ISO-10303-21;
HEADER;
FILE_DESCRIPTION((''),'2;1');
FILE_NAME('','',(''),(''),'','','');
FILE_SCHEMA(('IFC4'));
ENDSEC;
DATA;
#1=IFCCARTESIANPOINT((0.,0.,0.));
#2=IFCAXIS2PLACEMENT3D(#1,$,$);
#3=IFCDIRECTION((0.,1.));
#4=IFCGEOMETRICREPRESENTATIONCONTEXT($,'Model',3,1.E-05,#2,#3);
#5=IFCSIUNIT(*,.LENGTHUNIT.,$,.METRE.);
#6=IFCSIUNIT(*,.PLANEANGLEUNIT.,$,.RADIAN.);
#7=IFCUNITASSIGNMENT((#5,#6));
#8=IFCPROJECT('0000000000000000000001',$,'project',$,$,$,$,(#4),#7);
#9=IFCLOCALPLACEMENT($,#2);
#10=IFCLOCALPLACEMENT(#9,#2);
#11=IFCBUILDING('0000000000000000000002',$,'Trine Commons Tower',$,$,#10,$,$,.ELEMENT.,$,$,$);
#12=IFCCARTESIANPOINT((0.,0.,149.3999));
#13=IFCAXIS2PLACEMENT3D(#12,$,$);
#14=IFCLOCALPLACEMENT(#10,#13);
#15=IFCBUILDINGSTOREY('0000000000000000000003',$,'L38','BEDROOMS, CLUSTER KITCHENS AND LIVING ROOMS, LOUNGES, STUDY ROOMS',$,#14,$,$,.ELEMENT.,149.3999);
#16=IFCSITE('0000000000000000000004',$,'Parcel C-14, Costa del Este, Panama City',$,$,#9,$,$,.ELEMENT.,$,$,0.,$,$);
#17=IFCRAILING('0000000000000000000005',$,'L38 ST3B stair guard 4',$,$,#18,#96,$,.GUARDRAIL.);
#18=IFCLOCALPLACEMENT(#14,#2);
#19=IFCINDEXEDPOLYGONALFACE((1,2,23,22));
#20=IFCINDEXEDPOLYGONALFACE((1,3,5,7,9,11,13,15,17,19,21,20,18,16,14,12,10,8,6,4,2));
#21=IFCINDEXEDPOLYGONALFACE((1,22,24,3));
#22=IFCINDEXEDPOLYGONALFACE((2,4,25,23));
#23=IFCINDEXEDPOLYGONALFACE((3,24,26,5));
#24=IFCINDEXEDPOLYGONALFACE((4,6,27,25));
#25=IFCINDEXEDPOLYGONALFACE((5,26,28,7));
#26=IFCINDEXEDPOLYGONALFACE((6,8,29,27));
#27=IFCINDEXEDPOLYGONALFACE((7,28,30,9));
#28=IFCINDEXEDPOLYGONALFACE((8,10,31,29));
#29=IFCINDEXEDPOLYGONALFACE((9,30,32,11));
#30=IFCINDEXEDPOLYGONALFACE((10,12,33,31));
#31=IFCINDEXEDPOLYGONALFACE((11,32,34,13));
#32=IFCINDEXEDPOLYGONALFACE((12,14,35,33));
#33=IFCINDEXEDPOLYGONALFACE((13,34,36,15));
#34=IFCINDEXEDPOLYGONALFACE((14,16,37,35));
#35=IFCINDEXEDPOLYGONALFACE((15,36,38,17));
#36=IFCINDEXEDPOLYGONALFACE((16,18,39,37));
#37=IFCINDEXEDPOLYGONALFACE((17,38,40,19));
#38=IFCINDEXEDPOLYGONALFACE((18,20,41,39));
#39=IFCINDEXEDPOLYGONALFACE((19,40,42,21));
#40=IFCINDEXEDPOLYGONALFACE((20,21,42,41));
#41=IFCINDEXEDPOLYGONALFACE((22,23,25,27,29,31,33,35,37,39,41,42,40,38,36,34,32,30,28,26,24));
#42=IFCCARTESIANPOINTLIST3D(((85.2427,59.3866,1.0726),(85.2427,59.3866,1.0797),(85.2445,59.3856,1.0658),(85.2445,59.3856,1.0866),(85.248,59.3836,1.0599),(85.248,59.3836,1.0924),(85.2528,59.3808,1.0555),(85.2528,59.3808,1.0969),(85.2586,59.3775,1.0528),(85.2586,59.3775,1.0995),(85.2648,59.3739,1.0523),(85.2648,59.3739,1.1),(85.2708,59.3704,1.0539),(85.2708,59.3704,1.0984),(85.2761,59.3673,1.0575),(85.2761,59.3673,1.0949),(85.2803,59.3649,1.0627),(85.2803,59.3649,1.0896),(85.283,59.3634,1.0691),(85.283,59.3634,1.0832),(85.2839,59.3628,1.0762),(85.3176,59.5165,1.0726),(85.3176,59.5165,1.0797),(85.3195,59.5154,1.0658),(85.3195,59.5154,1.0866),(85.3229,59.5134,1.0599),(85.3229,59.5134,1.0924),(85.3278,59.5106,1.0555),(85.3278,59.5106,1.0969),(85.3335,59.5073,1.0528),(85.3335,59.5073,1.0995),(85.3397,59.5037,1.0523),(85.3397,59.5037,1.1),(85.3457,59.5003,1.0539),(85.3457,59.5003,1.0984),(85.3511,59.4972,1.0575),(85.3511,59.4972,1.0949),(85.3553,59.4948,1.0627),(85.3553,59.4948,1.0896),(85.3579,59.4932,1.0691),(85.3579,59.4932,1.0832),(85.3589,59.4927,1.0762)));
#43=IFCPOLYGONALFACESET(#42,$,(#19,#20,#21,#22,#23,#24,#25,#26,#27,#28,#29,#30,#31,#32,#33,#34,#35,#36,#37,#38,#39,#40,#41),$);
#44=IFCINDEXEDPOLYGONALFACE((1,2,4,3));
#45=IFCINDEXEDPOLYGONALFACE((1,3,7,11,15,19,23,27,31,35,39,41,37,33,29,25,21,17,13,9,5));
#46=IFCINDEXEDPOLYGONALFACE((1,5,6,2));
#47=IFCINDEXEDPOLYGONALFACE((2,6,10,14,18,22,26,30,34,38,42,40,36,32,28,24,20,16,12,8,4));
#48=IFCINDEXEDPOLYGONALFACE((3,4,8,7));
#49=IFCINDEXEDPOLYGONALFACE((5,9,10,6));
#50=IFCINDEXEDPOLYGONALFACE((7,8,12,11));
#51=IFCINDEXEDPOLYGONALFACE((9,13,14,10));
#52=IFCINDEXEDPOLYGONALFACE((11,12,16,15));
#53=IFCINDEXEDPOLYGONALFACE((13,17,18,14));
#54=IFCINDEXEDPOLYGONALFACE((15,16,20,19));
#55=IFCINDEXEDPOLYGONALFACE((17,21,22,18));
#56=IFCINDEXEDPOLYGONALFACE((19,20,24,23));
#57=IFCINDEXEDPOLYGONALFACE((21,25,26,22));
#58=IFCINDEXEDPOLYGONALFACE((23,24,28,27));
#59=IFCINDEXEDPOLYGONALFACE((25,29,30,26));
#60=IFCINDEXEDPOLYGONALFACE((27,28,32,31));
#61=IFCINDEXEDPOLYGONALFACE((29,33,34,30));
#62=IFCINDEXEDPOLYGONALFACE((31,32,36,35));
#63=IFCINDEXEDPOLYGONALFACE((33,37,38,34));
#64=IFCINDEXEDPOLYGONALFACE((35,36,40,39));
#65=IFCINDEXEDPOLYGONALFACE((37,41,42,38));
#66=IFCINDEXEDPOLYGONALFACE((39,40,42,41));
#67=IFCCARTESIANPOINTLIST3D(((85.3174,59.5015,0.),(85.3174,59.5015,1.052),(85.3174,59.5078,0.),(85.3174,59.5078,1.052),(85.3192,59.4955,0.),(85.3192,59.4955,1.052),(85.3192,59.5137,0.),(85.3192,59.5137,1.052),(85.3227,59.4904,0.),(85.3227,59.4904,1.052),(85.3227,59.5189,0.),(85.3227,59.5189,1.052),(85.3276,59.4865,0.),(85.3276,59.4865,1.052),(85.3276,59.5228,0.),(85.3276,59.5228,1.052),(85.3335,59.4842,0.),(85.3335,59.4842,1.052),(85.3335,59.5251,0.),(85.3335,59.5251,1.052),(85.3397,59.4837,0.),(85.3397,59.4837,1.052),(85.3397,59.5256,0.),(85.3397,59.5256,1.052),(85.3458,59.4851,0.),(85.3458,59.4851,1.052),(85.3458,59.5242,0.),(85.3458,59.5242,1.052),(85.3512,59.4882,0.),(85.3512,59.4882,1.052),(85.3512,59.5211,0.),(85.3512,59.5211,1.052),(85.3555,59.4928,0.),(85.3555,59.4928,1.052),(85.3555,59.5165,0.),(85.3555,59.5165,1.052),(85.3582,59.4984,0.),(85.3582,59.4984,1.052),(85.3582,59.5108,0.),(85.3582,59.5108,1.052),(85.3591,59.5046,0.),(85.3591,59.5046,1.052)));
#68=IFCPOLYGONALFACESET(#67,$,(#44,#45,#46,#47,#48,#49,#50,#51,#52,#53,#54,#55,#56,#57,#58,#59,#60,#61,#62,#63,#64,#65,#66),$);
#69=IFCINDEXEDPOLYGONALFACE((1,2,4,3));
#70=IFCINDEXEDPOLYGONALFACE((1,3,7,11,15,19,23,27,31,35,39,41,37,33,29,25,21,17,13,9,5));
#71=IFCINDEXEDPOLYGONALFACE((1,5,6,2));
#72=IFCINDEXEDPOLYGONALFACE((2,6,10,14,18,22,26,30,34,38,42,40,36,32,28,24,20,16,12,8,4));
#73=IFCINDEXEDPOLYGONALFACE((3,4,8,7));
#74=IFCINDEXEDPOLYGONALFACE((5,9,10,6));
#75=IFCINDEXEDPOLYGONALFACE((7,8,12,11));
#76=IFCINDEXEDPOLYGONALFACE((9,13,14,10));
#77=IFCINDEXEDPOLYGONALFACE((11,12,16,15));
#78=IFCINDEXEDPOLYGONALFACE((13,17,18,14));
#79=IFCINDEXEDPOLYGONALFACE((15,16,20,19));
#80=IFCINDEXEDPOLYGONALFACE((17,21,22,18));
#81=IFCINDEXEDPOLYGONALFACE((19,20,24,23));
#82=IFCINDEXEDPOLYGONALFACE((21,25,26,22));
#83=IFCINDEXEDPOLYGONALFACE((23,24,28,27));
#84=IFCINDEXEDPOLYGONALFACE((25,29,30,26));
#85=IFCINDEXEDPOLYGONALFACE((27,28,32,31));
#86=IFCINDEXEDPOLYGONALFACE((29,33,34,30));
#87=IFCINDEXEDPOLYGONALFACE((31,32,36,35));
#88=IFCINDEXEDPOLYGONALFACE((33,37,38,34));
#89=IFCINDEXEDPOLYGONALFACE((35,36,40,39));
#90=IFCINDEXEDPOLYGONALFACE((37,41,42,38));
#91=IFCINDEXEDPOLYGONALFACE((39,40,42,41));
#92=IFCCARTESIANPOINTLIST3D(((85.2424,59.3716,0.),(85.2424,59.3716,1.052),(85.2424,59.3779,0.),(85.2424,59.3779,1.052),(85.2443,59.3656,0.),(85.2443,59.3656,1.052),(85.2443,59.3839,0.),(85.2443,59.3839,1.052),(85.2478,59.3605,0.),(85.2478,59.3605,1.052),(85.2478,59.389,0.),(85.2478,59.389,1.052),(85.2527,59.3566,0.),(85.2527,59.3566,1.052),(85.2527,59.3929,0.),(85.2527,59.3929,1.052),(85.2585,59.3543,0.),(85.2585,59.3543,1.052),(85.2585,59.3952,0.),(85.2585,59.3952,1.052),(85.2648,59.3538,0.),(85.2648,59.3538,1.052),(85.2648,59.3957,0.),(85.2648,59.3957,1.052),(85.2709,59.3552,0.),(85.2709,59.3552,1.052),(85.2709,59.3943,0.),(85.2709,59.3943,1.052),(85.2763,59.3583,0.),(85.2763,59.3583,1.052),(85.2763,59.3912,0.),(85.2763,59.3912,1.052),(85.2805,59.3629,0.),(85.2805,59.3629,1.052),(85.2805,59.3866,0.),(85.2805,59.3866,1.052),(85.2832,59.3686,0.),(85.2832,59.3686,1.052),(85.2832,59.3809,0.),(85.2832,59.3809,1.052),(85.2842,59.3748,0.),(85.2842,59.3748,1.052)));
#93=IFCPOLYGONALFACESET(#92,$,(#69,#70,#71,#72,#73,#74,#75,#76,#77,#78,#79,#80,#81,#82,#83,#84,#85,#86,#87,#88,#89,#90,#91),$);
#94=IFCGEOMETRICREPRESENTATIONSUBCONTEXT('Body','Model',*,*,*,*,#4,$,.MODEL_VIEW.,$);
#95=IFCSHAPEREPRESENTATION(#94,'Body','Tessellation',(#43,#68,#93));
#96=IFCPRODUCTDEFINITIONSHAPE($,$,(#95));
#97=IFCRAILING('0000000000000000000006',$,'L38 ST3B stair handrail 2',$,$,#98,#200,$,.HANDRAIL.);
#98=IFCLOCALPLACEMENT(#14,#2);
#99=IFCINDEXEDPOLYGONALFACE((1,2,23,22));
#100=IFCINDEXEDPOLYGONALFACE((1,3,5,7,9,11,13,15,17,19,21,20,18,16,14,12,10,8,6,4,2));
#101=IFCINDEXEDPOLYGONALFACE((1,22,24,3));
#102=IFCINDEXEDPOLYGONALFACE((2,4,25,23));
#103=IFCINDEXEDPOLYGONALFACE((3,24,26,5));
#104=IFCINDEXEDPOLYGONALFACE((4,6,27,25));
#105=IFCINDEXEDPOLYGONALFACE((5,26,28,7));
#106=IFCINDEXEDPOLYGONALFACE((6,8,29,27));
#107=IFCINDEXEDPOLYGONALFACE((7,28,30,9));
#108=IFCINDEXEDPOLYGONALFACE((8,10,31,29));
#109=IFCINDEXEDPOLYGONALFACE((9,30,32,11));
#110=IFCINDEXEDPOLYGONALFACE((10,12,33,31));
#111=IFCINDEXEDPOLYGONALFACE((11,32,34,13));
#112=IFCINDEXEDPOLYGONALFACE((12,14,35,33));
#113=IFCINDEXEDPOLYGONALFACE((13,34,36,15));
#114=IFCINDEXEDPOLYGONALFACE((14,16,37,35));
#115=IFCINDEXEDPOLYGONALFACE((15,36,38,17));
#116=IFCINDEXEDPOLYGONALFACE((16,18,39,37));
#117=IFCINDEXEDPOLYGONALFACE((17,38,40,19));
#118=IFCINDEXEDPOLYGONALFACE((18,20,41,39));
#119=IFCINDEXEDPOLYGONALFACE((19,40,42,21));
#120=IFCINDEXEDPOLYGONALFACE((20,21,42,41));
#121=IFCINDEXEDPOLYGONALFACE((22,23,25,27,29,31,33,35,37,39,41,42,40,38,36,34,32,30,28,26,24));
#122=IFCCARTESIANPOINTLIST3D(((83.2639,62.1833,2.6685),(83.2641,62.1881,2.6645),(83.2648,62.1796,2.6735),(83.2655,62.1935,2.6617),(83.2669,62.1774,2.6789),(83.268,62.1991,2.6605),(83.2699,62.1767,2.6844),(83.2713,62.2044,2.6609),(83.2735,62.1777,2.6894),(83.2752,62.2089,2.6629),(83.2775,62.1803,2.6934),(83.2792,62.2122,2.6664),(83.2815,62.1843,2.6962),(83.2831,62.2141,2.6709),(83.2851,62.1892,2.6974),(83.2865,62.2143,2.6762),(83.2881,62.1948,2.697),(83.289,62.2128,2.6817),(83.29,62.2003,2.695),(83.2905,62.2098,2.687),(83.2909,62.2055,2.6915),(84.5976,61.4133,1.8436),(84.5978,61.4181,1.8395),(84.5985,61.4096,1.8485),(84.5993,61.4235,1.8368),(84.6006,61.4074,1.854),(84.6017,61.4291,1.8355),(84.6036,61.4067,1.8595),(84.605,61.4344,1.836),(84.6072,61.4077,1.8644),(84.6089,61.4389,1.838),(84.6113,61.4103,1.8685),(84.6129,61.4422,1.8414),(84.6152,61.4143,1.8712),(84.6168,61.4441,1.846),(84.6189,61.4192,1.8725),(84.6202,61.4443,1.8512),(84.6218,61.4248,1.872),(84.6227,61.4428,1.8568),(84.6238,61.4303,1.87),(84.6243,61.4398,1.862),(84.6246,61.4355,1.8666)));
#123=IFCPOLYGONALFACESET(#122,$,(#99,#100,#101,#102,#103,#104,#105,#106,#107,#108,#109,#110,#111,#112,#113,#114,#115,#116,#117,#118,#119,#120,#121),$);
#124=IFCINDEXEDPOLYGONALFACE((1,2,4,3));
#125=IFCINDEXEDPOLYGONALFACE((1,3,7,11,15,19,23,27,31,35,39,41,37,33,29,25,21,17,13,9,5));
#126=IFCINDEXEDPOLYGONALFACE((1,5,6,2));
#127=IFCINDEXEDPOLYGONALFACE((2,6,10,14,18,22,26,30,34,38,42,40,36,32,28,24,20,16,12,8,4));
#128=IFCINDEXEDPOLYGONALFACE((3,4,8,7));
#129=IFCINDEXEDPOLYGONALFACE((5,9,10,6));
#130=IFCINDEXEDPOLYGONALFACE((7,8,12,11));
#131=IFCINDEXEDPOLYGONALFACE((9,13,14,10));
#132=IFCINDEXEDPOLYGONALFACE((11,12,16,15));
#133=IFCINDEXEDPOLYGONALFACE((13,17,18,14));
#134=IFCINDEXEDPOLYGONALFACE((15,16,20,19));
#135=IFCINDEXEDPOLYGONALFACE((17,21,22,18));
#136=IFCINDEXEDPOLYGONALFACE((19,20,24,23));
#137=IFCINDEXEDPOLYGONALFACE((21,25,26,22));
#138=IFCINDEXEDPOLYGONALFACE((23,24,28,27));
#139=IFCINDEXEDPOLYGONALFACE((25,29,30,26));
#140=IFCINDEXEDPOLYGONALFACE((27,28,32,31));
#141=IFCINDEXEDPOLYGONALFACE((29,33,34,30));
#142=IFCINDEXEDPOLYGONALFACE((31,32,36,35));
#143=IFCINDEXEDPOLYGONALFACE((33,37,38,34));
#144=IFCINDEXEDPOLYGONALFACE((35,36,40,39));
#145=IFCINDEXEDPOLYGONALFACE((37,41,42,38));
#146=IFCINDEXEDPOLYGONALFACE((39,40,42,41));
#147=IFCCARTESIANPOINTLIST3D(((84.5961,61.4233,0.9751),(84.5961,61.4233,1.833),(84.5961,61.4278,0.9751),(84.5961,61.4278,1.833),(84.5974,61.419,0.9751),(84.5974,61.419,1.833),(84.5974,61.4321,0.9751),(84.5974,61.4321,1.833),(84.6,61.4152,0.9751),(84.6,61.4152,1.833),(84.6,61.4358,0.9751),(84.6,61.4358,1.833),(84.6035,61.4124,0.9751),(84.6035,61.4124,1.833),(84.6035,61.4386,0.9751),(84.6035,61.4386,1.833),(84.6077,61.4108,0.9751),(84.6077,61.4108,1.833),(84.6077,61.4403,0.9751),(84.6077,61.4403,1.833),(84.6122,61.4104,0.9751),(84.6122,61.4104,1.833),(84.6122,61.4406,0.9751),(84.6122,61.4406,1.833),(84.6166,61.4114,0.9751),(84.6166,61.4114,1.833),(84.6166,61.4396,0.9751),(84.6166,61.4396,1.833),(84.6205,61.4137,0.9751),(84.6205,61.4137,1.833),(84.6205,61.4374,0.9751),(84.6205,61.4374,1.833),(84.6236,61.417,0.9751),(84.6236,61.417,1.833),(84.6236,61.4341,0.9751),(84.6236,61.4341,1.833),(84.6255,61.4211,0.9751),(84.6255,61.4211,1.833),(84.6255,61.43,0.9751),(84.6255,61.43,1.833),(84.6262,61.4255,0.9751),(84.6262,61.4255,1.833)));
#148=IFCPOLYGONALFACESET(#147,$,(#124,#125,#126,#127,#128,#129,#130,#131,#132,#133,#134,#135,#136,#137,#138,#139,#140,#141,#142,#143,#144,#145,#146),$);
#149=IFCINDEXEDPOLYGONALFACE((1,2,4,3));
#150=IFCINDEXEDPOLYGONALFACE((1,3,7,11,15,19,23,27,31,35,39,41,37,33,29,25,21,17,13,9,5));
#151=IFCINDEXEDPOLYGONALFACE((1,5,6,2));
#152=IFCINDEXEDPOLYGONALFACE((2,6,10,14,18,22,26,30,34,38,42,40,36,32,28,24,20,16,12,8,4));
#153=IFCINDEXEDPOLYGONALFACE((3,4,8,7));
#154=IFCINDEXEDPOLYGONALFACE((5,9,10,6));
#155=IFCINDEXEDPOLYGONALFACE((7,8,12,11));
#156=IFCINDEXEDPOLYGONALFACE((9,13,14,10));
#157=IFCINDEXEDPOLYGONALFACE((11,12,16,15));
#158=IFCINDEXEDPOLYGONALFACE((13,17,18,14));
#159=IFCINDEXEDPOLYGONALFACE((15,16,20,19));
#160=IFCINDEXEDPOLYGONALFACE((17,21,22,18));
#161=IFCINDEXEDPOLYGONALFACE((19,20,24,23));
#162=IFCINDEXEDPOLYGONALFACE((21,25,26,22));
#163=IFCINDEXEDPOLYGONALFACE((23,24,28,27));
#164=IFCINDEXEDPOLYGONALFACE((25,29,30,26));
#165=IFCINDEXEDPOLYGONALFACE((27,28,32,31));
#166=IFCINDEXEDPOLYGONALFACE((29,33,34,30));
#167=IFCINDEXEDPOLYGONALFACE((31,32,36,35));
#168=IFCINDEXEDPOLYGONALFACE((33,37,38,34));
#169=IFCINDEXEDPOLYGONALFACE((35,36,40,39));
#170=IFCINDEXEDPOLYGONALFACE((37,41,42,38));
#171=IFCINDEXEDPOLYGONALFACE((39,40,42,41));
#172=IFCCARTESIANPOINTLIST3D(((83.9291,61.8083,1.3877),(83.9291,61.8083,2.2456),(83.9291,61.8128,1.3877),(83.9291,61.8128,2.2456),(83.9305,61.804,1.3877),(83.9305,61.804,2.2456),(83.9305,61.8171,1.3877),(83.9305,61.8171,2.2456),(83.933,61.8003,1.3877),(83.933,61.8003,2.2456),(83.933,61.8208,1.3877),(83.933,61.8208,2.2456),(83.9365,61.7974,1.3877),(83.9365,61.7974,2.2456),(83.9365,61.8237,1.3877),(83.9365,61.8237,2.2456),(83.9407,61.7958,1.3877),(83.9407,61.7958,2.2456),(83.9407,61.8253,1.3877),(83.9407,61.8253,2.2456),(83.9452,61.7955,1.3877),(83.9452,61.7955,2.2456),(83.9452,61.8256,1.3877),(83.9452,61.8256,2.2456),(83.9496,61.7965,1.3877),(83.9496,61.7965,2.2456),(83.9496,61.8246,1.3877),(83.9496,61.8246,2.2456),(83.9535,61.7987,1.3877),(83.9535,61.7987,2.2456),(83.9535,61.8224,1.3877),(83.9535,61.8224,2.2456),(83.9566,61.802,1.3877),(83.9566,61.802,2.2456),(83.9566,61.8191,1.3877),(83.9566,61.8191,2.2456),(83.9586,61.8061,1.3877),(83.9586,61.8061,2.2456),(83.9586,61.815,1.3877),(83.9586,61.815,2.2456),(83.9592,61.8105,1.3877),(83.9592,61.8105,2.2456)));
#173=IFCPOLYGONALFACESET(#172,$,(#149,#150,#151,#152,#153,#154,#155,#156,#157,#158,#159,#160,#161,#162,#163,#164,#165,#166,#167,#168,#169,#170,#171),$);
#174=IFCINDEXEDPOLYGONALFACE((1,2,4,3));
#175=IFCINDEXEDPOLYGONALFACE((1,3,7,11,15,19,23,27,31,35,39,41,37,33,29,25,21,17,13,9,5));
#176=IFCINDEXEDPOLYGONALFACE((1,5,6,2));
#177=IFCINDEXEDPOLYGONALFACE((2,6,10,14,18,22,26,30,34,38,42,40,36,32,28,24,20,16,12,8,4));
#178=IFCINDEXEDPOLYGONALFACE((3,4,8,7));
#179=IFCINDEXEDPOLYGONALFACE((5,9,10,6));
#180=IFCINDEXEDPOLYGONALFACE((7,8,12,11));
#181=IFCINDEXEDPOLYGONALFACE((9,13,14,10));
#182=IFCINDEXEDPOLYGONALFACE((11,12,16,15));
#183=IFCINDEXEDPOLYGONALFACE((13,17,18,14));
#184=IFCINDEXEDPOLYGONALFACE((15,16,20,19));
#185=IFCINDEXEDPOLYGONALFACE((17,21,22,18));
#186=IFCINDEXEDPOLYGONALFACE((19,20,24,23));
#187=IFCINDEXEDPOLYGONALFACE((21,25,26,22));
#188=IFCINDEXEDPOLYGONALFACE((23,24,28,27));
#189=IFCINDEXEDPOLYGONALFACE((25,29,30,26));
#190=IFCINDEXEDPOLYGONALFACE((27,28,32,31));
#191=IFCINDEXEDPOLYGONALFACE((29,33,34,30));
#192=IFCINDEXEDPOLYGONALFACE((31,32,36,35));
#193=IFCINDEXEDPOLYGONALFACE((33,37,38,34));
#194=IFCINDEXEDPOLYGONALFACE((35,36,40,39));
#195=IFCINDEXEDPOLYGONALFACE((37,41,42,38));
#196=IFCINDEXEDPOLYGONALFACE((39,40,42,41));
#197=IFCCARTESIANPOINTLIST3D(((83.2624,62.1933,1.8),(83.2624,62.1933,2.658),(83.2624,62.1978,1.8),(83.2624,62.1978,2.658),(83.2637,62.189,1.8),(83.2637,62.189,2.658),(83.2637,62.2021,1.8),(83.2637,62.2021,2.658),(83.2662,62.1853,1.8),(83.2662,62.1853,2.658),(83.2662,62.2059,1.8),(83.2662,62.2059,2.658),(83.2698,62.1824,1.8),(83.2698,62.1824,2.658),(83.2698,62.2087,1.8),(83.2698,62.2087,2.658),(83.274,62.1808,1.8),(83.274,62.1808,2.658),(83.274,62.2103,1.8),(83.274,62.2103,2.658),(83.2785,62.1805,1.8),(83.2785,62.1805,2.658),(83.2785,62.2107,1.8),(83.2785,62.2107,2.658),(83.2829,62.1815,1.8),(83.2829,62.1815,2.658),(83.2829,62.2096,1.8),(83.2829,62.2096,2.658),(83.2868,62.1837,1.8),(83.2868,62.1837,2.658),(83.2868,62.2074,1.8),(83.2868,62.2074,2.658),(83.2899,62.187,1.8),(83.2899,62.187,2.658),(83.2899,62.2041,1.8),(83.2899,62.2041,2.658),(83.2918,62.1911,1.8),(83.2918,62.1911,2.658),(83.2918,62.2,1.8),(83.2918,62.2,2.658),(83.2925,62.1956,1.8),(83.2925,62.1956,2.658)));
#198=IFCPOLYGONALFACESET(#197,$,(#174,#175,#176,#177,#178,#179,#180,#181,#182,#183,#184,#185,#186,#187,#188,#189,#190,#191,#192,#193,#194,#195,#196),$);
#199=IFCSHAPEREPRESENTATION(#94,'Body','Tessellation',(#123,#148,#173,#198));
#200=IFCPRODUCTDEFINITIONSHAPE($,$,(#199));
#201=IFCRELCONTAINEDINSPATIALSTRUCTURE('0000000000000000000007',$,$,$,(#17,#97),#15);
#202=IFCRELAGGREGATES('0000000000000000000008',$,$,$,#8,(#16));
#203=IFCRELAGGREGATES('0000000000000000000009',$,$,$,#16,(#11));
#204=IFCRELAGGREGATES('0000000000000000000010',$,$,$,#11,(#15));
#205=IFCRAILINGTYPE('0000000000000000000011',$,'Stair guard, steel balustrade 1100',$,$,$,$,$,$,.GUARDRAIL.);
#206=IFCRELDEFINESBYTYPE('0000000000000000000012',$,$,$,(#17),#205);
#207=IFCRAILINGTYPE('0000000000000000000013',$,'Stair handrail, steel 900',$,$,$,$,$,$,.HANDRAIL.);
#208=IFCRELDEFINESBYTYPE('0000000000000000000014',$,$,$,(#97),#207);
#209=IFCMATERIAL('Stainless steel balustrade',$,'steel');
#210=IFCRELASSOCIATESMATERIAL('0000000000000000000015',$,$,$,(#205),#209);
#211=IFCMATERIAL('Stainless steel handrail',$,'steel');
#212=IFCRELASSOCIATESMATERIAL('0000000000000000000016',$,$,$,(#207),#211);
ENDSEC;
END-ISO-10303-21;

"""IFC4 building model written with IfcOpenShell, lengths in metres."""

from ifc_helpers import new_model, si_unit, direction, frame, origin, origin_2d, place, context, subcontext, project, spatial, circle, extrude, material, type_object, element, save


model = new_model("IFC4")

# Units and contexts
model_context = context("Model", 3, precision=1e-05, world=origin(), true_north=direction((0.0, 1.0)))
body_context = subcontext(model_context, "Body", "Model", "MODEL_VIEW")
ifc_project = project(units=[si_unit("LENGTHUNIT", "METRE"), si_unit("PLANEANGLEUNIT", "RADIAN")], contexts=[model_context])

# Site, building, storey
site_placement = place(None, origin())
site = spatial("IfcSite", under=ifc_project, at=site_placement, Name="Parcel C-14, Costa del Este, Panama City", CompositionType="ELEMENT", RefElevation=0.0)
building_placement = place(site_placement, origin())
building = spatial("IfcBuilding", under=site, at=building_placement, Name="Trine Commons Tower", CompositionType="ELEMENT")
storey_placement = place(building_placement, frame((0.0, 0.0, 149.3999)))
storey = spatial("IfcBuildingStorey", under=building, at=storey_placement, Name="L38", Description="BEDROOMS, CLUSTER KITCHENS AND LIVING ROOMS, LOUNGES, STUDY ROOMS", CompositionType="ELEMENT", Elevation=149.3999)

# Railings
ifc_material_1 = material(Name="Stainless steel balustrade", Category="steel")
railing_type_1 = type_object("IfcRailingType", Name="Stair guard, steel balustrade 1100", PredefinedType="GUARDRAIL", material=ifc_material_1)
railing_1_placement = place(storey_placement, frame((85.3381, 59.5046, 0.0)))
element("IfcRailing", 1, at=railing_1_placement, inside=storey, type_object=railing_type_1, Name="L38 ST3B stair guard 4", PredefinedType="GUARDRAIL", context=body_context, shape_type="SweptSolid", body=[
    extrude(circle(Radius=0.0239, at=origin_2d()), frame((0.0, 0.0, 1.0762), z_axis=(-0.499816, -0.866131, 0.0), x_axis=(0.866131, -0.499816, 0.0)), (0.0, 0.0, 1.0), 0.1499),
    extrude(circle(Radius=0.021, at=origin_2d()), origin(), (0.0, 0.0, 1.0), 1.052),
    extrude(circle(Radius=0.021, at=origin_2d()), frame((-0.075, -0.1299, 0.0)), (0.0, 0.0, 1.0), 1.052),
])
ifc_material_2 = material(Name="Stainless steel handrail", Category="steel")
railing_type_2 = type_object("IfcRailingType", Name="Stair handrail, steel 900", PredefinedType="HANDRAIL", material=ifc_material_2)
railing_2_placement = place(storey_placement, frame((84.6111, 61.4255, 0.9751)))
element("IfcRailing", 2, at=railing_2_placement, inside=storey, type_object=railing_type_2, Name="L38 ST3B stair handrail 2", PredefinedType="HANDRAIL", context=body_context, shape_type="SweptSolid", body=[
    extrude(circle(Radius=0.021, at=origin_2d()), frame((0.0, 0.0, 0.8789), z_axis=(-0.763405, 0.440743, 0.472185), x_axis=(-0.499992, -0.86603, 0.0)), (0.0, 0.0, 1.0), 1.7471),
    extrude(circle(Radius=0.0151, at=origin_2d()), origin(), (0.0, 0.0, 1.0), 0.8579),
    extrude(circle(Radius=0.0151, at=origin_2d()), frame((-0.667, 0.385, 0.4126)), (0.0, 0.0, 1.0), 0.8579),
    extrude(circle(Radius=0.0151, at=origin_2d()), frame((-1.3337, 0.77, 0.825)), (0.0, 0.0, 1.0), 0.8579),
])

save(model, "model.ifc")
